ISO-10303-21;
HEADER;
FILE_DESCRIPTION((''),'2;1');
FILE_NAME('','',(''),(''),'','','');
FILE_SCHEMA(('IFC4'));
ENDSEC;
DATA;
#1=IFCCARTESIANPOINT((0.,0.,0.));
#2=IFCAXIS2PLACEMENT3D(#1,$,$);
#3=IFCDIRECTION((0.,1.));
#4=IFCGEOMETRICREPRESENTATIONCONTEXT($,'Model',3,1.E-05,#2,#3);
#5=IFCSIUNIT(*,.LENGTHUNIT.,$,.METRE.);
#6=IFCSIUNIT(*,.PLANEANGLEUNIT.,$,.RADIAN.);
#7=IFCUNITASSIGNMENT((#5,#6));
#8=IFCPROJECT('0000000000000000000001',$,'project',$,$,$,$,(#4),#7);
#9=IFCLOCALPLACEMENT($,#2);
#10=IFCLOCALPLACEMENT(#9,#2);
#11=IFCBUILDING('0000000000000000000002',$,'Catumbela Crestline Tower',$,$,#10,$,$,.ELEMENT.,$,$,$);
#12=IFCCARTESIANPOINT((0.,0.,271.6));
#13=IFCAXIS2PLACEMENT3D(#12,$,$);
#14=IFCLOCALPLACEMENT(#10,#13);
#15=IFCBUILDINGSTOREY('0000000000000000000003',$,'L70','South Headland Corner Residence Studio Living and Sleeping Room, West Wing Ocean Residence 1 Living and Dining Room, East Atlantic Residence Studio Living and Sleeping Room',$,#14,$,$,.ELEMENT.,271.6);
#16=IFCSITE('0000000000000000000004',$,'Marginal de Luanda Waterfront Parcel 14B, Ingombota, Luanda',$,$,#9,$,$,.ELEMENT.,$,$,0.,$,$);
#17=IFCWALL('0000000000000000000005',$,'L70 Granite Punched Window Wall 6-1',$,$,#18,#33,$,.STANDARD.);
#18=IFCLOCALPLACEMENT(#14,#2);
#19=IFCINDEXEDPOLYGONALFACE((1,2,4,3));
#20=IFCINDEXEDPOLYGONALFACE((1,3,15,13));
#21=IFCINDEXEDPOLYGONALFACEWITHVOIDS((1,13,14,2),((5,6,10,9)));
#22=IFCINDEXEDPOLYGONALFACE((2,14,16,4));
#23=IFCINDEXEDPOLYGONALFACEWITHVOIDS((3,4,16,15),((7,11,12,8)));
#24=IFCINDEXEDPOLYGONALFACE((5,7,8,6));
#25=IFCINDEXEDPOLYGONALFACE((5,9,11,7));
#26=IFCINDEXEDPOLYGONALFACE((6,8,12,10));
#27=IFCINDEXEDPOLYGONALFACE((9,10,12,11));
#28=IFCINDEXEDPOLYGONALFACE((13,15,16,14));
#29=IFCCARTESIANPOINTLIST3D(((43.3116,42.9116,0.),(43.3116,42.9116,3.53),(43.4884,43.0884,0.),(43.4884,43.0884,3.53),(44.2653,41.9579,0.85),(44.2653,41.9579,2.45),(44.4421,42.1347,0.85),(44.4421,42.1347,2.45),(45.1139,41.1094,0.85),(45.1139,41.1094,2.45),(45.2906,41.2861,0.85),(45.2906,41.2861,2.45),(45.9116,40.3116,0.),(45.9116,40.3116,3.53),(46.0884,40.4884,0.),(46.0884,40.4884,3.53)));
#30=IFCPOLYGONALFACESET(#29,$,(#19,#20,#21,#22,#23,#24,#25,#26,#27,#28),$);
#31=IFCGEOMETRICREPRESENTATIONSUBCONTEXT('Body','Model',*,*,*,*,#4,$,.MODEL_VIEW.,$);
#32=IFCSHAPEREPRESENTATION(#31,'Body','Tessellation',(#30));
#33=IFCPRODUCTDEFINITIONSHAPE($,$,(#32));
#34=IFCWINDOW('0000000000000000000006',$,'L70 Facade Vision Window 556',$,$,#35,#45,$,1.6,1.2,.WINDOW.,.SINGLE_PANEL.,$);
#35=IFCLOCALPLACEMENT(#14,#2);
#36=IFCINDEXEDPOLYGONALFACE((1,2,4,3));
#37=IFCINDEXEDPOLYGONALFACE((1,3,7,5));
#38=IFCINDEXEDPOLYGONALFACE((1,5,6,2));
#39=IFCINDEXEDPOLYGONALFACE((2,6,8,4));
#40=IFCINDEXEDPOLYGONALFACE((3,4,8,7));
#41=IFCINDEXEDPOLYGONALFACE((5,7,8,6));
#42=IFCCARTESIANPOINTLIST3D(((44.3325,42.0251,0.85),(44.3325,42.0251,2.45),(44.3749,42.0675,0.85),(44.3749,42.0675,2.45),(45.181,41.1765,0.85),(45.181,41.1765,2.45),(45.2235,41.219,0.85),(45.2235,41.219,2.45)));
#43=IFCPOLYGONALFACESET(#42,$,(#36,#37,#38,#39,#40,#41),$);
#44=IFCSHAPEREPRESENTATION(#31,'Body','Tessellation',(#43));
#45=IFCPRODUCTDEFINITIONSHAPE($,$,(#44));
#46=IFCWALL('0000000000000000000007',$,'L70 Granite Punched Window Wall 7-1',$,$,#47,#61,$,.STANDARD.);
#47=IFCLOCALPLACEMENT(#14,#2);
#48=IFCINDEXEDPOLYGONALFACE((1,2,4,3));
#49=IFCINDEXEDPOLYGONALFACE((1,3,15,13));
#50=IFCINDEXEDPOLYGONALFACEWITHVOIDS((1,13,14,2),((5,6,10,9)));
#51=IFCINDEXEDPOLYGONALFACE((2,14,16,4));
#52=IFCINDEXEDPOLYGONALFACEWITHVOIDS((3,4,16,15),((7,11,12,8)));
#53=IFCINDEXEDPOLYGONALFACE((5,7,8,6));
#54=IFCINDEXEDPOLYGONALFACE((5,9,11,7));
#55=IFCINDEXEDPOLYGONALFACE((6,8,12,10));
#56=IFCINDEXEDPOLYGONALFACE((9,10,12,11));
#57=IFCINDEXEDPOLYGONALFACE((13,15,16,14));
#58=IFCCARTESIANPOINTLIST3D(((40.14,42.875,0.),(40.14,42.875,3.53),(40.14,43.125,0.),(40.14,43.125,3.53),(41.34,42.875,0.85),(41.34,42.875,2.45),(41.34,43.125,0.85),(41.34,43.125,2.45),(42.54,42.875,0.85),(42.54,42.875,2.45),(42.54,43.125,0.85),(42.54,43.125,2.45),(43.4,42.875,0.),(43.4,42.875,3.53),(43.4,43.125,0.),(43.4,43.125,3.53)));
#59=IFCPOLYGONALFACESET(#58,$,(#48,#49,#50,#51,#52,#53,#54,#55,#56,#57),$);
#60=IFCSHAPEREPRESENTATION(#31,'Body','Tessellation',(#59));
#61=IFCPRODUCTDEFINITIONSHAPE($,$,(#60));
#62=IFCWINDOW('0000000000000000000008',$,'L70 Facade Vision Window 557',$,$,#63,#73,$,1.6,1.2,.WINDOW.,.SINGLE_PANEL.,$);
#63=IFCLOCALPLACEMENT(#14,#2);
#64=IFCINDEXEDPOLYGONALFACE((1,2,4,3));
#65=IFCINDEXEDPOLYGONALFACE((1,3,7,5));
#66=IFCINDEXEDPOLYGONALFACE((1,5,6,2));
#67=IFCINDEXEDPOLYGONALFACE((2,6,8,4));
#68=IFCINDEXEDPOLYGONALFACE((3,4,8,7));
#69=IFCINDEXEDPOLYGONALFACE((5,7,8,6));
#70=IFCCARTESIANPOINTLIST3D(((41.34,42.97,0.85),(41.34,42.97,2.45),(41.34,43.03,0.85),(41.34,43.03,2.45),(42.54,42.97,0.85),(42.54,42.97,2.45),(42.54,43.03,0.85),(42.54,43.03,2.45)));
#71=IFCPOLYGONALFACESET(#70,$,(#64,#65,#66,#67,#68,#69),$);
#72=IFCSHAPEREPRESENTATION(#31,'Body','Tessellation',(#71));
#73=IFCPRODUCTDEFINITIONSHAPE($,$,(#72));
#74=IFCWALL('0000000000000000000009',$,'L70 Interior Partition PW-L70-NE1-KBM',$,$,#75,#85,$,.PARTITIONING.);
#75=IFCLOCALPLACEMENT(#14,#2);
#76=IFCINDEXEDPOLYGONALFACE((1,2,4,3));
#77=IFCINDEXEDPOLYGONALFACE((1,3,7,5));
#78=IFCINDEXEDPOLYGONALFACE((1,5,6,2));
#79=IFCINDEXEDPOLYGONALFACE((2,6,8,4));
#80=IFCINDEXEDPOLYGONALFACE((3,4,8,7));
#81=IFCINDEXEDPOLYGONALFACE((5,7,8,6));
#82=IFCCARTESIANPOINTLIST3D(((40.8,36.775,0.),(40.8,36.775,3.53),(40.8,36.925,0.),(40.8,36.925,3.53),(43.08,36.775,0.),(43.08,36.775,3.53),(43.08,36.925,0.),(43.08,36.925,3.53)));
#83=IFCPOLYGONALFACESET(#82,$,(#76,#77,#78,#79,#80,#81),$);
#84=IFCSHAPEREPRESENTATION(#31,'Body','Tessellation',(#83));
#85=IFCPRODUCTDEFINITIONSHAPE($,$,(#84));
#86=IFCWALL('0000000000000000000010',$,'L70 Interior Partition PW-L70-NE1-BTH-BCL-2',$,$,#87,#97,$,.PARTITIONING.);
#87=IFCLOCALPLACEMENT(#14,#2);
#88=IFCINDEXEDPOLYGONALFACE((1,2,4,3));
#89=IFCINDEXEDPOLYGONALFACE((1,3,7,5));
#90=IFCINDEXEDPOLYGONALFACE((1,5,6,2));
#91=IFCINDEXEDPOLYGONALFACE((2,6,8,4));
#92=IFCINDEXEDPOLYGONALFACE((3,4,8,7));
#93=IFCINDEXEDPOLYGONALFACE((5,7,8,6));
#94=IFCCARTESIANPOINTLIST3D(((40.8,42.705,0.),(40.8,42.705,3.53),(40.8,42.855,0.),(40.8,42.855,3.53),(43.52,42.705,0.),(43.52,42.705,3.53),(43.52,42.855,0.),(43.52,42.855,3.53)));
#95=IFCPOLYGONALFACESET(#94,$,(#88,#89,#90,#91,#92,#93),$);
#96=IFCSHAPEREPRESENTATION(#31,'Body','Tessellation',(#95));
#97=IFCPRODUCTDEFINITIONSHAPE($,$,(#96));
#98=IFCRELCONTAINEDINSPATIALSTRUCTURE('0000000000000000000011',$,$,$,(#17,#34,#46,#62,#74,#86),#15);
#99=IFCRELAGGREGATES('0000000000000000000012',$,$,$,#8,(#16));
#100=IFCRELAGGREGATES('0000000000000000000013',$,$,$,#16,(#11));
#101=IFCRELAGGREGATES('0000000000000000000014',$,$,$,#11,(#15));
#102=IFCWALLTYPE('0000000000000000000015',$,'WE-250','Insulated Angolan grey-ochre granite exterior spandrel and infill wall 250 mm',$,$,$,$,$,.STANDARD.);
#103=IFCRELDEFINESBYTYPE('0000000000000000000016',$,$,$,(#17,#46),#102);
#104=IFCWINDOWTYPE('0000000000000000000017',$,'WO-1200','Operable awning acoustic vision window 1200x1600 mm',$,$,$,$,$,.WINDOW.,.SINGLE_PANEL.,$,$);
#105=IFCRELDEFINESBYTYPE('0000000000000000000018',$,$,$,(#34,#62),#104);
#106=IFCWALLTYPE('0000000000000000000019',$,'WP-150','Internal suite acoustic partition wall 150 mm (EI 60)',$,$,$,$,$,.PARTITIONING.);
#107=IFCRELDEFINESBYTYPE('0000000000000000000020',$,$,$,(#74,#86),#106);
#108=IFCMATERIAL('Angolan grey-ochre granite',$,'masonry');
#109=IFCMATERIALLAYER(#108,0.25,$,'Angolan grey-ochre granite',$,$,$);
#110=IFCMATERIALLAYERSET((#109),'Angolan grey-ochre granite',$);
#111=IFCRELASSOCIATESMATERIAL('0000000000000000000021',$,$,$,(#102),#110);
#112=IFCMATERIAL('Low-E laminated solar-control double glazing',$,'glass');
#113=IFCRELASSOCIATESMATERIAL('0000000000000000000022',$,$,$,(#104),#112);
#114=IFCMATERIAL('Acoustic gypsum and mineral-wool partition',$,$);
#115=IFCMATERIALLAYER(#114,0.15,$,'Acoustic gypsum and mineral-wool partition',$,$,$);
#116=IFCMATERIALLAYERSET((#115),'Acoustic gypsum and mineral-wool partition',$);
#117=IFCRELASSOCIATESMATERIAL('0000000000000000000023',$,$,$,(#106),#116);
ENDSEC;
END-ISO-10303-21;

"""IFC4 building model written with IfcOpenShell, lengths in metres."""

from ifc_helpers import new_model, si_unit, direction, frame, frame_2d, origin, place, context, subcontext, project, spatial, rectangle, extrude, material, layer, layer_set, type_object, element, fill, save


model = new_model("IFC4")

# Units and contexts
model_context = context("Model", 3, precision=1e-05, world=origin(), true_north=direction((0.0, 1.0)))
body_context = subcontext(model_context, "Body", "Model", "MODEL_VIEW")
ifc_project = project(units=[si_unit("LENGTHUNIT", "METRE"), si_unit("PLANEANGLEUNIT", "RADIAN")], contexts=[model_context])

# Site, building, storey
site_placement = place(None, origin())
site = spatial("IfcSite", under=ifc_project, at=site_placement, Name="Marginal de Luanda Waterfront Parcel 14B, Ingombota, Luanda", CompositionType="ELEMENT", RefElevation=0.0)
building_placement = place(site_placement, origin())
building = spatial("IfcBuilding", under=site, at=building_placement, Name="Catumbela Crestline Tower", CompositionType="ELEMENT")
storey_placement = place(building_placement, frame((0.0, 0.0, 271.6)))
storey = spatial("IfcBuildingStorey", under=building, at=storey_placement, Name="L70", Description="South Headland Corner Residence Studio Living and Sleeping Room, West Wing Ocean Residence 1 Living and Dining Room, East Atlantic Residence Studio Living and Sleeping Room", CompositionType="ELEMENT", Elevation=271.6)

# Shared definitions
ifc_material_1 = material(Name="Low-E laminated solar-control double glazing", Category="glass")

# Walls, openings, windows
ifc_material_2 = material(Name="Angolan grey-ochre granite", Category="masonry")
ifc_layer_1 = layer(ifc_material_2, 0.25, Name="Angolan grey-ochre granite")
ifc_layer_set_1 = layer_set([ifc_layer_1], Name="Angolan grey-ochre granite")
wall_type_1 = type_object("IfcWallType", Name="WE-250", Description="Insulated Angolan grey-ochre granite exterior spandrel and infill wall 250 mm", PredefinedType="STANDARD", material=ifc_layer_set_1)
wall_1_placement = place(storey_placement, frame((46.0, 40.4, 0.0), z_axis=(0.0, 0.0, 1.0), x_axis=(-0.707107, 0.707107, 0.0)))
wall_1 = element("IfcWall", 1, at=wall_1_placement, inside=storey, type_object=wall_type_1, Name="L70 Granite Punched Window Wall 6-1", PredefinedType="STANDARD", context=body_context, shape_type="SweptSolid", body=[
    extrude(rectangle(XDim=3.677, YDim=0.25, at=frame_2d((1.8385, 0.0))), origin(), (0.0, 0.0, 1.0), 3.53),
])
opening_1_placement = place(wall_1_placement, frame((1.1282, 0.0, 0.85)))
opening_1 = element("IfcOpeningElement", 2, at=opening_1_placement, cuts=wall_1, PredefinedType="OPENING", context=body_context, shape_type="SweptSolid", body=[
    extrude(rectangle(XDim=1.2, YDim=1.6, at=frame_2d((0.6, 0.8))), frame((0.0, 0.135, 0.0), z_axis=(0.0, -1.0, 0.0), x_axis=(1.0, 0.0, 0.0)), (0.0, 0.0, 1.0), 0.27),
])
window_type = type_object("IfcWindowType", Name="WO-1200", Description="Operable awning acoustic vision window 1200x1600 mm", PartitioningType="SINGLE_PANEL", PredefinedType="WINDOW", material=ifc_material_1)
window_1_placement = place(opening_1_placement, origin())
window_1 = element("IfcWindow", 3, at=window_1_placement, inside=storey, type_object=window_type, Name="L70 Facade Vision Window 556", OverallHeight=1.6, OverallWidth=1.2, PartitioningType="SINGLE_PANEL", PredefinedType="WINDOW", context=body_context, shape_type="SweptSolid", body=[
    extrude(rectangle(XDim=1.2, YDim=1.6, at=frame_2d((0.6, 0.8))), frame((0.0, 0.03, 0.0), z_axis=(0.0, -1.0, 0.0), x_axis=(1.0, 0.0, 0.0)), (0.0, 0.0, 1.0), 0.06),
])
fill(opening_1, window_1)
wall_2_placement = place(storey_placement, frame((43.4, 43.0, 0.0), z_axis=(0.0, 0.0, 1.0), x_axis=(-1.0, 0.0, 0.0)))
wall_2 = element("IfcWall", 4, at=wall_2_placement, inside=storey, type_object=wall_type_1, Name="L70 Granite Punched Window Wall 7-1", PredefinedType="STANDARD", context=body_context, shape_type="SweptSolid", body=[
    extrude(rectangle(XDim=3.26, YDim=0.25, at=frame_2d((1.63, 0.0))), origin(), (0.0, 0.0, 1.0), 3.53),
])
opening_2_placement = place(wall_2_placement, frame((0.86, 0.0, 0.85)))
opening_2 = element("IfcOpeningElement", 5, at=opening_2_placement, cuts=wall_2, PredefinedType="OPENING", context=body_context, shape_type="SweptSolid", body=[
    extrude(rectangle(XDim=1.2, YDim=1.6, at=frame_2d((0.6, 0.8))), frame((0.0, 0.135, 0.0), z_axis=(0.0, -1.0, 0.0), x_axis=(1.0, 0.0, 0.0)), (0.0, 0.0, 1.0), 0.27),
])
window_2_placement = place(opening_2_placement, origin())
window_2 = element("IfcWindow", 6, at=window_2_placement, inside=storey, type_object=window_type, Name="L70 Facade Vision Window 557", OverallHeight=1.6, OverallWidth=1.2, PartitioningType="SINGLE_PANEL", PredefinedType="WINDOW", context=body_context, shape_type="SweptSolid", body=[
    extrude(rectangle(XDim=1.2, YDim=1.6, at=frame_2d((0.6, 0.8))), frame((0.0, 0.03, 0.0), z_axis=(0.0, -1.0, 0.0), x_axis=(1.0, 0.0, 0.0)), (0.0, 0.0, 1.0), 0.06),
])
fill(opening_2, window_2)

# Walls
ifc_material_3 = material(Name="Acoustic gypsum and mineral-wool partition")
ifc_layer_2 = layer(ifc_material_3, 0.15, Name="Acoustic gypsum and mineral-wool partition")
ifc_layer_set_2 = layer_set([ifc_layer_2], Name="Acoustic gypsum and mineral-wool partition")
wall_type_2 = type_object("IfcWallType", Name="WP-150", Description="Internal suite acoustic partition wall 150 mm (EI 60)", PredefinedType="PARTITIONING", material=ifc_layer_set_2)
wall_3_placement = place(storey_placement, frame((40.8, 36.85, 0.0), z_axis=(0.0, 0.0, 1.0), x_axis=(1.0, 0.0, 0.0)))
element("IfcWall", 7, at=wall_3_placement, inside=storey, type_object=wall_type_2, Name="L70 Interior Partition PW-L70-NE1-KBM", PredefinedType="PARTITIONING", context=body_context, shape_type="SweptSolid", body=[
    extrude(rectangle(XDim=2.28, YDim=0.15, at=frame_2d((1.14, 0.0))), origin(), (0.0, 0.0, 1.0), 3.53),
])
wall_4_placement = place(storey_placement, frame((40.8, 42.78, 0.0), z_axis=(0.0, 0.0, 1.0), x_axis=(1.0, 0.0, 0.0)))
element("IfcWall", 8, at=wall_4_placement, inside=storey, type_object=wall_type_2, Name="L70 Interior Partition PW-L70-NE1-BTH-BCL-2", PredefinedType="PARTITIONING", context=body_context, shape_type="SweptSolid", body=[
    extrude(rectangle(XDim=2.72, YDim=0.15, at=frame_2d((1.36, 0.0))), origin(), (0.0, 0.0, 1.0), 3.53),
])

save(model, "model.ifc")
